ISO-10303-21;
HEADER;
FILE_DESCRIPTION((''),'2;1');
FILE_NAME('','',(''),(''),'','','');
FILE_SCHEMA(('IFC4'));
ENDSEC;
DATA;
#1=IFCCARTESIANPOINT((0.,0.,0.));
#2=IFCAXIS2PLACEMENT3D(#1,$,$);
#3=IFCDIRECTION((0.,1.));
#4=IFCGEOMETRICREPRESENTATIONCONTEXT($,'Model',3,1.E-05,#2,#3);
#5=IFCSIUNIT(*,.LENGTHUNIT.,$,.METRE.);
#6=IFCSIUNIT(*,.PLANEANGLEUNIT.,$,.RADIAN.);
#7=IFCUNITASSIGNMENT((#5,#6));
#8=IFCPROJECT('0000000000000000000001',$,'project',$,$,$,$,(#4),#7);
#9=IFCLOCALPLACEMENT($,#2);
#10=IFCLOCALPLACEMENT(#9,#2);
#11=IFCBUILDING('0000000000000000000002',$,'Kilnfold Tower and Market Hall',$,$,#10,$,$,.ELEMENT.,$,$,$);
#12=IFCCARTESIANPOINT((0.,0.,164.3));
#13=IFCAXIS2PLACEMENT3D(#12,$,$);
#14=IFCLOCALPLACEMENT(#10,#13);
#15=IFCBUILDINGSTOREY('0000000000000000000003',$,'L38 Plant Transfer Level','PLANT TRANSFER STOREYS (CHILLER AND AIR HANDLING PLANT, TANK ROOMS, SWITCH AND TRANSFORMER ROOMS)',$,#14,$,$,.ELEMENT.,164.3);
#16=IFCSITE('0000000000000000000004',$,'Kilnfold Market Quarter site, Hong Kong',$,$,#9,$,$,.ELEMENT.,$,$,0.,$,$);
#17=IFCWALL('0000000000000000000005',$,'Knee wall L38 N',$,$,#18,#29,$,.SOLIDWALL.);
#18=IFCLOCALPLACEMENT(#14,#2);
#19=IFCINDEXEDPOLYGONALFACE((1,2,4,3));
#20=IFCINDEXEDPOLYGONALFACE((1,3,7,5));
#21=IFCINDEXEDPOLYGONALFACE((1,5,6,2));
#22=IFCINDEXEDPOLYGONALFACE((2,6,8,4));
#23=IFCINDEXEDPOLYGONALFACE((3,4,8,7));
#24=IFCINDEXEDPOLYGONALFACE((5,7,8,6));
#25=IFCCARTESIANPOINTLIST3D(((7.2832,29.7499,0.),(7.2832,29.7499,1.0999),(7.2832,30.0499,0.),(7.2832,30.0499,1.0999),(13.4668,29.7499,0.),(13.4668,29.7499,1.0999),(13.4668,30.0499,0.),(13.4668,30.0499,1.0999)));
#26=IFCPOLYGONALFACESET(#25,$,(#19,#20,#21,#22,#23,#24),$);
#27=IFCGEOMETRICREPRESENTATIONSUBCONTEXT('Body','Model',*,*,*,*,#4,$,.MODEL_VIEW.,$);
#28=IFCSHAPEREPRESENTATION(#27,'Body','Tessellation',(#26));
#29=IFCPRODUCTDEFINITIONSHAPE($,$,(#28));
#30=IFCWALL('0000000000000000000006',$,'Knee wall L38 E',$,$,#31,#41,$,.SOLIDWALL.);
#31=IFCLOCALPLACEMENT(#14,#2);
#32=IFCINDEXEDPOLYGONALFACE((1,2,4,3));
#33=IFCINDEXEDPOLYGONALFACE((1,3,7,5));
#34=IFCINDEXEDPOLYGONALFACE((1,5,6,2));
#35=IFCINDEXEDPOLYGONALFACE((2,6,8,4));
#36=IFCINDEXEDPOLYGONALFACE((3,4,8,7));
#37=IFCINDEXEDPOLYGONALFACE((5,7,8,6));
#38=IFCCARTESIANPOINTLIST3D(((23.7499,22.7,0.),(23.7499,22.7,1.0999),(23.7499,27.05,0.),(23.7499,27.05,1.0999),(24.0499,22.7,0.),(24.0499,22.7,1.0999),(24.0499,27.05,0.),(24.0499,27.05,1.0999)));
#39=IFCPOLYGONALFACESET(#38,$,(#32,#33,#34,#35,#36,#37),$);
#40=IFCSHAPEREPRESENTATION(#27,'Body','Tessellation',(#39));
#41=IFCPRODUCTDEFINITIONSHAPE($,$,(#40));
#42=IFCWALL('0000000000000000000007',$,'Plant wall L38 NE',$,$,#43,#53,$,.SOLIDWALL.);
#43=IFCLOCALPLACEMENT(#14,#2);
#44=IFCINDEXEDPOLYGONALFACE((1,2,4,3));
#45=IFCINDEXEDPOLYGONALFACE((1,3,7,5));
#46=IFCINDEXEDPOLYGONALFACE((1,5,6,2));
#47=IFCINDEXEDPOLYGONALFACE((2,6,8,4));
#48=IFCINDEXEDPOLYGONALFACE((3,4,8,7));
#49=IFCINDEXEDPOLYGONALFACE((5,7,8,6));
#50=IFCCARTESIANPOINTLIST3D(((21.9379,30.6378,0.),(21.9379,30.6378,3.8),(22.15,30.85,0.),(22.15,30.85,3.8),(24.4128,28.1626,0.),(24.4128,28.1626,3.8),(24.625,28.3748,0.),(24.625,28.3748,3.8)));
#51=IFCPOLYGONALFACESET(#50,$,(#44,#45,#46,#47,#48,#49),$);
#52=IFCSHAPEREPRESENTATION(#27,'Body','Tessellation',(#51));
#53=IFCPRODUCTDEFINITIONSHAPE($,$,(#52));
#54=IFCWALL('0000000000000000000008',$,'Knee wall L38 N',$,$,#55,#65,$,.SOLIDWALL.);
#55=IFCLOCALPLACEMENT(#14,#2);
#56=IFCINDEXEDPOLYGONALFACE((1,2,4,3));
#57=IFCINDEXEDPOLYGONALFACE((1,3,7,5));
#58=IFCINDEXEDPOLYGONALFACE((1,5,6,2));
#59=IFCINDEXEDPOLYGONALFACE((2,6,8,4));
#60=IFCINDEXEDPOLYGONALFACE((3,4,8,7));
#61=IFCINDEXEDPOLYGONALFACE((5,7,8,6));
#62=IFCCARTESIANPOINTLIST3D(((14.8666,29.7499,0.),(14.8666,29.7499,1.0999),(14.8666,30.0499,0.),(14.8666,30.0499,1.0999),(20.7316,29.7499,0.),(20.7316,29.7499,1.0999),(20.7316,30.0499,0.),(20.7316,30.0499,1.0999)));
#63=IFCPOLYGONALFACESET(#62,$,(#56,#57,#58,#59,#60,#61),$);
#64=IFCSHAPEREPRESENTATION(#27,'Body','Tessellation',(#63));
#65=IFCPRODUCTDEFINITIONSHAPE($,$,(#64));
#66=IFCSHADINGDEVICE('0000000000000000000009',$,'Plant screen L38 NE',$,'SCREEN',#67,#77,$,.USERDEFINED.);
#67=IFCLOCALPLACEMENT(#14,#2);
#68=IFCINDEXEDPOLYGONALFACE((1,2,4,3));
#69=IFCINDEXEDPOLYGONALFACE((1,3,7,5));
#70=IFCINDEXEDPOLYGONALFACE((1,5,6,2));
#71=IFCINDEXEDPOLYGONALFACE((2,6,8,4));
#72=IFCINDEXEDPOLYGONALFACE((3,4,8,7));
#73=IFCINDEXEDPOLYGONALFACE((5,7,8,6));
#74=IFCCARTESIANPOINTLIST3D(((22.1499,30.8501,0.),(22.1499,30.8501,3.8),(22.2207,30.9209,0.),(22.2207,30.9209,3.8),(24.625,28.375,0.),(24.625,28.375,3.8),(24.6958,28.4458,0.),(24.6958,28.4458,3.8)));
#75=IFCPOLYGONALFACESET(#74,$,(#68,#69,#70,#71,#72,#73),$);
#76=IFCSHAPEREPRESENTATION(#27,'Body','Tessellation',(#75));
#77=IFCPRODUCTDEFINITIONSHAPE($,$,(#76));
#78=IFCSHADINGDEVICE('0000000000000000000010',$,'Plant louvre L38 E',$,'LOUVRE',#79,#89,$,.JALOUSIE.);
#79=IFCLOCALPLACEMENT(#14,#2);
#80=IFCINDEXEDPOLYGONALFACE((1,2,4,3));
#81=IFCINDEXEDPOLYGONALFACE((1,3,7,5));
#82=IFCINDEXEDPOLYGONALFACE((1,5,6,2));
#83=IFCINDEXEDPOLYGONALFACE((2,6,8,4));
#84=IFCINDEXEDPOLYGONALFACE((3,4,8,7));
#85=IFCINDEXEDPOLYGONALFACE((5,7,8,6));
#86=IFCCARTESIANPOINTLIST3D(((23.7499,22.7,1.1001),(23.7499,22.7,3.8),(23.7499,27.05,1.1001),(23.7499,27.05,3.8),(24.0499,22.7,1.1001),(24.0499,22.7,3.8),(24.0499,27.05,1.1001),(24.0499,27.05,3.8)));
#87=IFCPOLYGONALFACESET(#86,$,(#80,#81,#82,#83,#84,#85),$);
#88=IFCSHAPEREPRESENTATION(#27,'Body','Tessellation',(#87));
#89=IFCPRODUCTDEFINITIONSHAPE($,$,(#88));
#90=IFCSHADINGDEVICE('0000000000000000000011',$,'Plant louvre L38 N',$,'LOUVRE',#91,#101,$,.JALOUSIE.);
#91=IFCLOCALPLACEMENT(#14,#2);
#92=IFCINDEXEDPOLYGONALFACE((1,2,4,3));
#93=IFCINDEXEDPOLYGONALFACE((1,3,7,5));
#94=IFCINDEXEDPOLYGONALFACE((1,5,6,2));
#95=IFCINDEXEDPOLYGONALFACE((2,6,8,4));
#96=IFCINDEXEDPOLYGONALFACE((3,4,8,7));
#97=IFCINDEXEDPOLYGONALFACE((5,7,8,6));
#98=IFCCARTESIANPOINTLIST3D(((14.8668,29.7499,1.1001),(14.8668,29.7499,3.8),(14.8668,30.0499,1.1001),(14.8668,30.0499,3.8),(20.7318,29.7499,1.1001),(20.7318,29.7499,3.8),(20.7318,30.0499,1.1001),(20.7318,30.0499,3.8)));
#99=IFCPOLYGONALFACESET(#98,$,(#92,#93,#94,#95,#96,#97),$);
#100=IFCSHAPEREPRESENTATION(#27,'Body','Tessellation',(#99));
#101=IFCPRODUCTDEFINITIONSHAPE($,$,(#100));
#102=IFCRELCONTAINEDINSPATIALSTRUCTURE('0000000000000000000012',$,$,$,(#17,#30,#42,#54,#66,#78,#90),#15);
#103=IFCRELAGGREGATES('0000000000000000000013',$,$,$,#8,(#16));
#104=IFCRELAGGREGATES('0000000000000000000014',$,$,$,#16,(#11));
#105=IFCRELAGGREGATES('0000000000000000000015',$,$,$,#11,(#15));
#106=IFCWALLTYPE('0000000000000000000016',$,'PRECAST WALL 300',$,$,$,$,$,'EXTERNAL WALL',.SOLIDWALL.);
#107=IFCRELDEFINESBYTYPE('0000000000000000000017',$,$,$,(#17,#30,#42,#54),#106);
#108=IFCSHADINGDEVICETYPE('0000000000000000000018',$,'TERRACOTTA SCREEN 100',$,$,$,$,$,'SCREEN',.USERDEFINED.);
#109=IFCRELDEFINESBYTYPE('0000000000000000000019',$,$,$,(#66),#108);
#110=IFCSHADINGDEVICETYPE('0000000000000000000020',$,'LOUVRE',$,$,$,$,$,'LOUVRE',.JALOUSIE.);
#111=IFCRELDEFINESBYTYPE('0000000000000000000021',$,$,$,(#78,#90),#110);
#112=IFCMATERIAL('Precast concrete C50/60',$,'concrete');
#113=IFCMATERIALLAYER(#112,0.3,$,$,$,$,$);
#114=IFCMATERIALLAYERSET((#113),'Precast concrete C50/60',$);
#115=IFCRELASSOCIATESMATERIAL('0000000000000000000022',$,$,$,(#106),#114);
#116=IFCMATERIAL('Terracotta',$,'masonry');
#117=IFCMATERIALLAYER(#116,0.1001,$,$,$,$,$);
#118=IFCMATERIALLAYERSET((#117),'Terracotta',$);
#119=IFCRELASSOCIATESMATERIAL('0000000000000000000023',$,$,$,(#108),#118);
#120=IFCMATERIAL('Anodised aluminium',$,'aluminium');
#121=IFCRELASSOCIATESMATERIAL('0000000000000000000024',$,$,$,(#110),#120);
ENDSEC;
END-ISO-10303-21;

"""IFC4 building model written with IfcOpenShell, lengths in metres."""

from ifc_helpers import new_model, si_unit, direction, frame, frame_2d, origin, origin_2d, place, context, subcontext, project, spatial, rectangle, extrude, source, transform, mapped, material, layer, layer_set, type_object, element, save


model = new_model("IFC4")

# Units and contexts
model_context = context("Model", 3, precision=1e-05, world=origin(), true_north=direction((0.0, 1.0)))
body_context = subcontext(model_context, "Body", "Model", "MODEL_VIEW")
ifc_project = project(units=[si_unit("LENGTHUNIT", "METRE"), si_unit("PLANEANGLEUNIT", "RADIAN")], contexts=[model_context])

# Site, building, storey
site_placement = place(None, origin())
site = spatial("IfcSite", under=ifc_project, at=site_placement, Name="Kilnfold Market Quarter site, Hong Kong", CompositionType="ELEMENT", RefElevation=0.0)
building_placement = place(site_placement, origin())
building = spatial("IfcBuilding", under=site, at=building_placement, Name="Kilnfold Tower and Market Hall", CompositionType="ELEMENT")
storey_placement = place(building_placement, frame((0.0, 0.0, 164.3)))
storey = spatial("IfcBuildingStorey", under=building, at=storey_placement, Name="L38 Plant Transfer Level", Description="PLANT TRANSFER STOREYS (CHILLER AND AIR HANDLING PLANT, TANK ROOMS, SWITCH AND TRANSFORMER ROOMS)", CompositionType="ELEMENT", Elevation=164.3)

# Walls
ifc_material_1 = material(Name="Precast concrete C50/60", Category="concrete")
ifc_layer_1 = layer(ifc_material_1, 0.3)
ifc_layer_set_1 = layer_set([ifc_layer_1], Name="Precast concrete C50/60")
wall_type = type_object("IfcWallType", Name="PRECAST WALL 300", ElementType="EXTERNAL WALL", PredefinedType="SOLIDWALL", material=ifc_layer_set_1)
shared_shape_1 = source(origin(), body_context, "Body", "SweptSolid", [
    extrude(rectangle(XDim=6.1836, YDim=0.3, at=frame_2d((3.0918, 0.0))), origin(), (0.0, 0.0, 1.0), 1.0999),
])
wall_1_placement = place(storey_placement, frame((13.4668, 29.8999, 0.0), z_axis=(0.0, 0.0, 1.0), x_axis=(-1.0, 0.0, 0.0)))
element("IfcWall", 1, at=wall_1_placement, inside=storey, type_object=wall_type, Name="Knee wall L38 N", PredefinedType="SOLIDWALL", context=body_context, shape_type="MappedRepresentation", body=[
    mapped(shared_shape_1, transform((0.0, 0.0, 0.0))),
])
shared_shape_2 = source(origin(), body_context, "Body", "SweptSolid", [
    extrude(rectangle(XDim=4.3501, YDim=0.3, at=frame_2d((2.175, 0.0))), origin(), (0.0, 0.0, 1.0), 1.0999),
])
wall_2_placement = place(storey_placement, frame((23.8999, 22.7, 0.0), z_axis=(0.0, 0.0, 1.0), x_axis=(0.0, 1.0, 0.0)))
element("IfcWall", 2, at=wall_2_placement, inside=storey, type_object=wall_type, Name="Knee wall L38 E", PredefinedType="SOLIDWALL", context=body_context, shape_type="MappedRepresentation", body=[
    mapped(shared_shape_2, transform((0.0, 0.0, 0.0))),
])
shared_shape_3 = source(origin(), body_context, "Body", "SweptSolid", [
    extrude(rectangle(XDim=3.5002, YDim=0.3, at=frame_2d((1.75, 0.0))), origin(), (0.0, 0.0, 1.0), 3.8),
])
wall_3_placement = place(storey_placement, frame((24.5188, 28.2688, 0.0), z_axis=(0.0, 0.0, 1.0), x_axis=(-0.707072, 0.707142, 0.0)))
element("IfcWall", 3, at=wall_3_placement, inside=storey, type_object=wall_type, Name="Plant wall L38 NE", PredefinedType="SOLIDWALL", context=body_context, shape_type="MappedRepresentation", body=[
    mapped(shared_shape_3, transform((0.0, 0.0, 0.0))),
])
shared_shape_4 = source(origin(), body_context, "Body", "SweptSolid", [
    extrude(rectangle(XDim=5.865, YDim=0.3, at=frame_2d((2.9326, 0.0))), origin(), (0.0, 0.0, 1.0), 1.0999),
])
wall_4_placement = place(storey_placement, frame((20.7317, 29.8999, 0.0), z_axis=(0.0, 0.0, 1.0), x_axis=(-1.0, 0.0, 0.0)))
element("IfcWall", 4, at=wall_4_placement, inside=storey, type_object=wall_type, Name="Knee wall L38 N", PredefinedType="SOLIDWALL", context=body_context, shape_type="MappedRepresentation", body=[
    mapped(shared_shape_4, transform((0.0, 0.0, 0.0))),
])

# Shading devices
ifc_material_2 = material(Name="Terracotta", Category="masonry")
ifc_layer_2 = layer(ifc_material_2, 0.1001)
ifc_layer_set_2 = layer_set([ifc_layer_2], Name="Terracotta")
shading_device_type_1 = type_object("IfcShadingDeviceType", Name="TERRACOTTA SCREEN 100", ElementType="SCREEN", PredefinedType="USERDEFINED", material=ifc_layer_set_2)
shared_shape_5 = source(origin(), body_context, "Body", "SweptSolid", [
    extrude(rectangle(XDim=3.5002, YDim=0.1001, at=origin_2d()), origin(), (0.0, 0.0, 1.0), 3.8),
])
shading_device_1_placement = place(storey_placement, frame((23.4229, 29.6479, 0.0), z_axis=(0.0, 0.0, 1.0), x_axis=(-0.707107, 0.707107, 0.0)))
element("IfcShadingDevice", 5, at=shading_device_1_placement, inside=storey, type_object=shading_device_type_1, Name="Plant screen L38 NE", ObjectType="SCREEN", PredefinedType="USERDEFINED", context=body_context, shape_type="MappedRepresentation", body=[
    mapped(shared_shape_5, transform((0.0, 0.0, 0.0))),
])
ifc_material_3 = material(Name="Anodised aluminium", Category="aluminium")
shading_device_type_2 = type_object("IfcShadingDeviceType", Name="LOUVRE", ElementType="LOUVRE", PredefinedType="JALOUSIE", material=ifc_material_3)
shared_shape_6 = source(origin(), body_context, "Body", "SweptSolid", [
    extrude(rectangle(XDim=4.3501, YDim=0.3, at=origin_2d()), origin(), (0.0, 0.0, 1.0), 2.7),
])
shading_device_2_placement = place(storey_placement, frame((23.8999, 24.875, 1.1001), z_axis=(0.0, 0.0, 1.0), x_axis=(0.0, 1.0, 0.0)))
element("IfcShadingDevice", 6, at=shading_device_2_placement, inside=storey, type_object=shading_device_type_2, Name="Plant louvre L38 E", ObjectType="LOUVRE", PredefinedType="JALOUSIE", context=body_context, shape_type="MappedRepresentation", body=[
    mapped(shared_shape_6, transform((0.0, 0.0, 0.0))),
])
shared_shape_7 = source(origin(), body_context, "Body", "SweptSolid", [
    extrude(rectangle(XDim=5.865, YDim=0.3, at=origin_2d()), origin(), (0.0, 0.0, 1.0), 2.7),
])
shading_device_3_placement = place(storey_placement, frame((17.7993, 29.8999, 1.1001), z_axis=(0.0, 0.0, 1.0), x_axis=(-1.0, 0.0, 0.0)))
element("IfcShadingDevice", 7, at=shading_device_3_placement, inside=storey, type_object=shading_device_type_2, Name="Plant louvre L38 N", ObjectType="LOUVRE", PredefinedType="JALOUSIE", context=body_context, shape_type="MappedRepresentation", body=[
    mapped(shared_shape_7, transform((0.0, 0.0, 0.0))),
])

save(model, "model.ifc")
